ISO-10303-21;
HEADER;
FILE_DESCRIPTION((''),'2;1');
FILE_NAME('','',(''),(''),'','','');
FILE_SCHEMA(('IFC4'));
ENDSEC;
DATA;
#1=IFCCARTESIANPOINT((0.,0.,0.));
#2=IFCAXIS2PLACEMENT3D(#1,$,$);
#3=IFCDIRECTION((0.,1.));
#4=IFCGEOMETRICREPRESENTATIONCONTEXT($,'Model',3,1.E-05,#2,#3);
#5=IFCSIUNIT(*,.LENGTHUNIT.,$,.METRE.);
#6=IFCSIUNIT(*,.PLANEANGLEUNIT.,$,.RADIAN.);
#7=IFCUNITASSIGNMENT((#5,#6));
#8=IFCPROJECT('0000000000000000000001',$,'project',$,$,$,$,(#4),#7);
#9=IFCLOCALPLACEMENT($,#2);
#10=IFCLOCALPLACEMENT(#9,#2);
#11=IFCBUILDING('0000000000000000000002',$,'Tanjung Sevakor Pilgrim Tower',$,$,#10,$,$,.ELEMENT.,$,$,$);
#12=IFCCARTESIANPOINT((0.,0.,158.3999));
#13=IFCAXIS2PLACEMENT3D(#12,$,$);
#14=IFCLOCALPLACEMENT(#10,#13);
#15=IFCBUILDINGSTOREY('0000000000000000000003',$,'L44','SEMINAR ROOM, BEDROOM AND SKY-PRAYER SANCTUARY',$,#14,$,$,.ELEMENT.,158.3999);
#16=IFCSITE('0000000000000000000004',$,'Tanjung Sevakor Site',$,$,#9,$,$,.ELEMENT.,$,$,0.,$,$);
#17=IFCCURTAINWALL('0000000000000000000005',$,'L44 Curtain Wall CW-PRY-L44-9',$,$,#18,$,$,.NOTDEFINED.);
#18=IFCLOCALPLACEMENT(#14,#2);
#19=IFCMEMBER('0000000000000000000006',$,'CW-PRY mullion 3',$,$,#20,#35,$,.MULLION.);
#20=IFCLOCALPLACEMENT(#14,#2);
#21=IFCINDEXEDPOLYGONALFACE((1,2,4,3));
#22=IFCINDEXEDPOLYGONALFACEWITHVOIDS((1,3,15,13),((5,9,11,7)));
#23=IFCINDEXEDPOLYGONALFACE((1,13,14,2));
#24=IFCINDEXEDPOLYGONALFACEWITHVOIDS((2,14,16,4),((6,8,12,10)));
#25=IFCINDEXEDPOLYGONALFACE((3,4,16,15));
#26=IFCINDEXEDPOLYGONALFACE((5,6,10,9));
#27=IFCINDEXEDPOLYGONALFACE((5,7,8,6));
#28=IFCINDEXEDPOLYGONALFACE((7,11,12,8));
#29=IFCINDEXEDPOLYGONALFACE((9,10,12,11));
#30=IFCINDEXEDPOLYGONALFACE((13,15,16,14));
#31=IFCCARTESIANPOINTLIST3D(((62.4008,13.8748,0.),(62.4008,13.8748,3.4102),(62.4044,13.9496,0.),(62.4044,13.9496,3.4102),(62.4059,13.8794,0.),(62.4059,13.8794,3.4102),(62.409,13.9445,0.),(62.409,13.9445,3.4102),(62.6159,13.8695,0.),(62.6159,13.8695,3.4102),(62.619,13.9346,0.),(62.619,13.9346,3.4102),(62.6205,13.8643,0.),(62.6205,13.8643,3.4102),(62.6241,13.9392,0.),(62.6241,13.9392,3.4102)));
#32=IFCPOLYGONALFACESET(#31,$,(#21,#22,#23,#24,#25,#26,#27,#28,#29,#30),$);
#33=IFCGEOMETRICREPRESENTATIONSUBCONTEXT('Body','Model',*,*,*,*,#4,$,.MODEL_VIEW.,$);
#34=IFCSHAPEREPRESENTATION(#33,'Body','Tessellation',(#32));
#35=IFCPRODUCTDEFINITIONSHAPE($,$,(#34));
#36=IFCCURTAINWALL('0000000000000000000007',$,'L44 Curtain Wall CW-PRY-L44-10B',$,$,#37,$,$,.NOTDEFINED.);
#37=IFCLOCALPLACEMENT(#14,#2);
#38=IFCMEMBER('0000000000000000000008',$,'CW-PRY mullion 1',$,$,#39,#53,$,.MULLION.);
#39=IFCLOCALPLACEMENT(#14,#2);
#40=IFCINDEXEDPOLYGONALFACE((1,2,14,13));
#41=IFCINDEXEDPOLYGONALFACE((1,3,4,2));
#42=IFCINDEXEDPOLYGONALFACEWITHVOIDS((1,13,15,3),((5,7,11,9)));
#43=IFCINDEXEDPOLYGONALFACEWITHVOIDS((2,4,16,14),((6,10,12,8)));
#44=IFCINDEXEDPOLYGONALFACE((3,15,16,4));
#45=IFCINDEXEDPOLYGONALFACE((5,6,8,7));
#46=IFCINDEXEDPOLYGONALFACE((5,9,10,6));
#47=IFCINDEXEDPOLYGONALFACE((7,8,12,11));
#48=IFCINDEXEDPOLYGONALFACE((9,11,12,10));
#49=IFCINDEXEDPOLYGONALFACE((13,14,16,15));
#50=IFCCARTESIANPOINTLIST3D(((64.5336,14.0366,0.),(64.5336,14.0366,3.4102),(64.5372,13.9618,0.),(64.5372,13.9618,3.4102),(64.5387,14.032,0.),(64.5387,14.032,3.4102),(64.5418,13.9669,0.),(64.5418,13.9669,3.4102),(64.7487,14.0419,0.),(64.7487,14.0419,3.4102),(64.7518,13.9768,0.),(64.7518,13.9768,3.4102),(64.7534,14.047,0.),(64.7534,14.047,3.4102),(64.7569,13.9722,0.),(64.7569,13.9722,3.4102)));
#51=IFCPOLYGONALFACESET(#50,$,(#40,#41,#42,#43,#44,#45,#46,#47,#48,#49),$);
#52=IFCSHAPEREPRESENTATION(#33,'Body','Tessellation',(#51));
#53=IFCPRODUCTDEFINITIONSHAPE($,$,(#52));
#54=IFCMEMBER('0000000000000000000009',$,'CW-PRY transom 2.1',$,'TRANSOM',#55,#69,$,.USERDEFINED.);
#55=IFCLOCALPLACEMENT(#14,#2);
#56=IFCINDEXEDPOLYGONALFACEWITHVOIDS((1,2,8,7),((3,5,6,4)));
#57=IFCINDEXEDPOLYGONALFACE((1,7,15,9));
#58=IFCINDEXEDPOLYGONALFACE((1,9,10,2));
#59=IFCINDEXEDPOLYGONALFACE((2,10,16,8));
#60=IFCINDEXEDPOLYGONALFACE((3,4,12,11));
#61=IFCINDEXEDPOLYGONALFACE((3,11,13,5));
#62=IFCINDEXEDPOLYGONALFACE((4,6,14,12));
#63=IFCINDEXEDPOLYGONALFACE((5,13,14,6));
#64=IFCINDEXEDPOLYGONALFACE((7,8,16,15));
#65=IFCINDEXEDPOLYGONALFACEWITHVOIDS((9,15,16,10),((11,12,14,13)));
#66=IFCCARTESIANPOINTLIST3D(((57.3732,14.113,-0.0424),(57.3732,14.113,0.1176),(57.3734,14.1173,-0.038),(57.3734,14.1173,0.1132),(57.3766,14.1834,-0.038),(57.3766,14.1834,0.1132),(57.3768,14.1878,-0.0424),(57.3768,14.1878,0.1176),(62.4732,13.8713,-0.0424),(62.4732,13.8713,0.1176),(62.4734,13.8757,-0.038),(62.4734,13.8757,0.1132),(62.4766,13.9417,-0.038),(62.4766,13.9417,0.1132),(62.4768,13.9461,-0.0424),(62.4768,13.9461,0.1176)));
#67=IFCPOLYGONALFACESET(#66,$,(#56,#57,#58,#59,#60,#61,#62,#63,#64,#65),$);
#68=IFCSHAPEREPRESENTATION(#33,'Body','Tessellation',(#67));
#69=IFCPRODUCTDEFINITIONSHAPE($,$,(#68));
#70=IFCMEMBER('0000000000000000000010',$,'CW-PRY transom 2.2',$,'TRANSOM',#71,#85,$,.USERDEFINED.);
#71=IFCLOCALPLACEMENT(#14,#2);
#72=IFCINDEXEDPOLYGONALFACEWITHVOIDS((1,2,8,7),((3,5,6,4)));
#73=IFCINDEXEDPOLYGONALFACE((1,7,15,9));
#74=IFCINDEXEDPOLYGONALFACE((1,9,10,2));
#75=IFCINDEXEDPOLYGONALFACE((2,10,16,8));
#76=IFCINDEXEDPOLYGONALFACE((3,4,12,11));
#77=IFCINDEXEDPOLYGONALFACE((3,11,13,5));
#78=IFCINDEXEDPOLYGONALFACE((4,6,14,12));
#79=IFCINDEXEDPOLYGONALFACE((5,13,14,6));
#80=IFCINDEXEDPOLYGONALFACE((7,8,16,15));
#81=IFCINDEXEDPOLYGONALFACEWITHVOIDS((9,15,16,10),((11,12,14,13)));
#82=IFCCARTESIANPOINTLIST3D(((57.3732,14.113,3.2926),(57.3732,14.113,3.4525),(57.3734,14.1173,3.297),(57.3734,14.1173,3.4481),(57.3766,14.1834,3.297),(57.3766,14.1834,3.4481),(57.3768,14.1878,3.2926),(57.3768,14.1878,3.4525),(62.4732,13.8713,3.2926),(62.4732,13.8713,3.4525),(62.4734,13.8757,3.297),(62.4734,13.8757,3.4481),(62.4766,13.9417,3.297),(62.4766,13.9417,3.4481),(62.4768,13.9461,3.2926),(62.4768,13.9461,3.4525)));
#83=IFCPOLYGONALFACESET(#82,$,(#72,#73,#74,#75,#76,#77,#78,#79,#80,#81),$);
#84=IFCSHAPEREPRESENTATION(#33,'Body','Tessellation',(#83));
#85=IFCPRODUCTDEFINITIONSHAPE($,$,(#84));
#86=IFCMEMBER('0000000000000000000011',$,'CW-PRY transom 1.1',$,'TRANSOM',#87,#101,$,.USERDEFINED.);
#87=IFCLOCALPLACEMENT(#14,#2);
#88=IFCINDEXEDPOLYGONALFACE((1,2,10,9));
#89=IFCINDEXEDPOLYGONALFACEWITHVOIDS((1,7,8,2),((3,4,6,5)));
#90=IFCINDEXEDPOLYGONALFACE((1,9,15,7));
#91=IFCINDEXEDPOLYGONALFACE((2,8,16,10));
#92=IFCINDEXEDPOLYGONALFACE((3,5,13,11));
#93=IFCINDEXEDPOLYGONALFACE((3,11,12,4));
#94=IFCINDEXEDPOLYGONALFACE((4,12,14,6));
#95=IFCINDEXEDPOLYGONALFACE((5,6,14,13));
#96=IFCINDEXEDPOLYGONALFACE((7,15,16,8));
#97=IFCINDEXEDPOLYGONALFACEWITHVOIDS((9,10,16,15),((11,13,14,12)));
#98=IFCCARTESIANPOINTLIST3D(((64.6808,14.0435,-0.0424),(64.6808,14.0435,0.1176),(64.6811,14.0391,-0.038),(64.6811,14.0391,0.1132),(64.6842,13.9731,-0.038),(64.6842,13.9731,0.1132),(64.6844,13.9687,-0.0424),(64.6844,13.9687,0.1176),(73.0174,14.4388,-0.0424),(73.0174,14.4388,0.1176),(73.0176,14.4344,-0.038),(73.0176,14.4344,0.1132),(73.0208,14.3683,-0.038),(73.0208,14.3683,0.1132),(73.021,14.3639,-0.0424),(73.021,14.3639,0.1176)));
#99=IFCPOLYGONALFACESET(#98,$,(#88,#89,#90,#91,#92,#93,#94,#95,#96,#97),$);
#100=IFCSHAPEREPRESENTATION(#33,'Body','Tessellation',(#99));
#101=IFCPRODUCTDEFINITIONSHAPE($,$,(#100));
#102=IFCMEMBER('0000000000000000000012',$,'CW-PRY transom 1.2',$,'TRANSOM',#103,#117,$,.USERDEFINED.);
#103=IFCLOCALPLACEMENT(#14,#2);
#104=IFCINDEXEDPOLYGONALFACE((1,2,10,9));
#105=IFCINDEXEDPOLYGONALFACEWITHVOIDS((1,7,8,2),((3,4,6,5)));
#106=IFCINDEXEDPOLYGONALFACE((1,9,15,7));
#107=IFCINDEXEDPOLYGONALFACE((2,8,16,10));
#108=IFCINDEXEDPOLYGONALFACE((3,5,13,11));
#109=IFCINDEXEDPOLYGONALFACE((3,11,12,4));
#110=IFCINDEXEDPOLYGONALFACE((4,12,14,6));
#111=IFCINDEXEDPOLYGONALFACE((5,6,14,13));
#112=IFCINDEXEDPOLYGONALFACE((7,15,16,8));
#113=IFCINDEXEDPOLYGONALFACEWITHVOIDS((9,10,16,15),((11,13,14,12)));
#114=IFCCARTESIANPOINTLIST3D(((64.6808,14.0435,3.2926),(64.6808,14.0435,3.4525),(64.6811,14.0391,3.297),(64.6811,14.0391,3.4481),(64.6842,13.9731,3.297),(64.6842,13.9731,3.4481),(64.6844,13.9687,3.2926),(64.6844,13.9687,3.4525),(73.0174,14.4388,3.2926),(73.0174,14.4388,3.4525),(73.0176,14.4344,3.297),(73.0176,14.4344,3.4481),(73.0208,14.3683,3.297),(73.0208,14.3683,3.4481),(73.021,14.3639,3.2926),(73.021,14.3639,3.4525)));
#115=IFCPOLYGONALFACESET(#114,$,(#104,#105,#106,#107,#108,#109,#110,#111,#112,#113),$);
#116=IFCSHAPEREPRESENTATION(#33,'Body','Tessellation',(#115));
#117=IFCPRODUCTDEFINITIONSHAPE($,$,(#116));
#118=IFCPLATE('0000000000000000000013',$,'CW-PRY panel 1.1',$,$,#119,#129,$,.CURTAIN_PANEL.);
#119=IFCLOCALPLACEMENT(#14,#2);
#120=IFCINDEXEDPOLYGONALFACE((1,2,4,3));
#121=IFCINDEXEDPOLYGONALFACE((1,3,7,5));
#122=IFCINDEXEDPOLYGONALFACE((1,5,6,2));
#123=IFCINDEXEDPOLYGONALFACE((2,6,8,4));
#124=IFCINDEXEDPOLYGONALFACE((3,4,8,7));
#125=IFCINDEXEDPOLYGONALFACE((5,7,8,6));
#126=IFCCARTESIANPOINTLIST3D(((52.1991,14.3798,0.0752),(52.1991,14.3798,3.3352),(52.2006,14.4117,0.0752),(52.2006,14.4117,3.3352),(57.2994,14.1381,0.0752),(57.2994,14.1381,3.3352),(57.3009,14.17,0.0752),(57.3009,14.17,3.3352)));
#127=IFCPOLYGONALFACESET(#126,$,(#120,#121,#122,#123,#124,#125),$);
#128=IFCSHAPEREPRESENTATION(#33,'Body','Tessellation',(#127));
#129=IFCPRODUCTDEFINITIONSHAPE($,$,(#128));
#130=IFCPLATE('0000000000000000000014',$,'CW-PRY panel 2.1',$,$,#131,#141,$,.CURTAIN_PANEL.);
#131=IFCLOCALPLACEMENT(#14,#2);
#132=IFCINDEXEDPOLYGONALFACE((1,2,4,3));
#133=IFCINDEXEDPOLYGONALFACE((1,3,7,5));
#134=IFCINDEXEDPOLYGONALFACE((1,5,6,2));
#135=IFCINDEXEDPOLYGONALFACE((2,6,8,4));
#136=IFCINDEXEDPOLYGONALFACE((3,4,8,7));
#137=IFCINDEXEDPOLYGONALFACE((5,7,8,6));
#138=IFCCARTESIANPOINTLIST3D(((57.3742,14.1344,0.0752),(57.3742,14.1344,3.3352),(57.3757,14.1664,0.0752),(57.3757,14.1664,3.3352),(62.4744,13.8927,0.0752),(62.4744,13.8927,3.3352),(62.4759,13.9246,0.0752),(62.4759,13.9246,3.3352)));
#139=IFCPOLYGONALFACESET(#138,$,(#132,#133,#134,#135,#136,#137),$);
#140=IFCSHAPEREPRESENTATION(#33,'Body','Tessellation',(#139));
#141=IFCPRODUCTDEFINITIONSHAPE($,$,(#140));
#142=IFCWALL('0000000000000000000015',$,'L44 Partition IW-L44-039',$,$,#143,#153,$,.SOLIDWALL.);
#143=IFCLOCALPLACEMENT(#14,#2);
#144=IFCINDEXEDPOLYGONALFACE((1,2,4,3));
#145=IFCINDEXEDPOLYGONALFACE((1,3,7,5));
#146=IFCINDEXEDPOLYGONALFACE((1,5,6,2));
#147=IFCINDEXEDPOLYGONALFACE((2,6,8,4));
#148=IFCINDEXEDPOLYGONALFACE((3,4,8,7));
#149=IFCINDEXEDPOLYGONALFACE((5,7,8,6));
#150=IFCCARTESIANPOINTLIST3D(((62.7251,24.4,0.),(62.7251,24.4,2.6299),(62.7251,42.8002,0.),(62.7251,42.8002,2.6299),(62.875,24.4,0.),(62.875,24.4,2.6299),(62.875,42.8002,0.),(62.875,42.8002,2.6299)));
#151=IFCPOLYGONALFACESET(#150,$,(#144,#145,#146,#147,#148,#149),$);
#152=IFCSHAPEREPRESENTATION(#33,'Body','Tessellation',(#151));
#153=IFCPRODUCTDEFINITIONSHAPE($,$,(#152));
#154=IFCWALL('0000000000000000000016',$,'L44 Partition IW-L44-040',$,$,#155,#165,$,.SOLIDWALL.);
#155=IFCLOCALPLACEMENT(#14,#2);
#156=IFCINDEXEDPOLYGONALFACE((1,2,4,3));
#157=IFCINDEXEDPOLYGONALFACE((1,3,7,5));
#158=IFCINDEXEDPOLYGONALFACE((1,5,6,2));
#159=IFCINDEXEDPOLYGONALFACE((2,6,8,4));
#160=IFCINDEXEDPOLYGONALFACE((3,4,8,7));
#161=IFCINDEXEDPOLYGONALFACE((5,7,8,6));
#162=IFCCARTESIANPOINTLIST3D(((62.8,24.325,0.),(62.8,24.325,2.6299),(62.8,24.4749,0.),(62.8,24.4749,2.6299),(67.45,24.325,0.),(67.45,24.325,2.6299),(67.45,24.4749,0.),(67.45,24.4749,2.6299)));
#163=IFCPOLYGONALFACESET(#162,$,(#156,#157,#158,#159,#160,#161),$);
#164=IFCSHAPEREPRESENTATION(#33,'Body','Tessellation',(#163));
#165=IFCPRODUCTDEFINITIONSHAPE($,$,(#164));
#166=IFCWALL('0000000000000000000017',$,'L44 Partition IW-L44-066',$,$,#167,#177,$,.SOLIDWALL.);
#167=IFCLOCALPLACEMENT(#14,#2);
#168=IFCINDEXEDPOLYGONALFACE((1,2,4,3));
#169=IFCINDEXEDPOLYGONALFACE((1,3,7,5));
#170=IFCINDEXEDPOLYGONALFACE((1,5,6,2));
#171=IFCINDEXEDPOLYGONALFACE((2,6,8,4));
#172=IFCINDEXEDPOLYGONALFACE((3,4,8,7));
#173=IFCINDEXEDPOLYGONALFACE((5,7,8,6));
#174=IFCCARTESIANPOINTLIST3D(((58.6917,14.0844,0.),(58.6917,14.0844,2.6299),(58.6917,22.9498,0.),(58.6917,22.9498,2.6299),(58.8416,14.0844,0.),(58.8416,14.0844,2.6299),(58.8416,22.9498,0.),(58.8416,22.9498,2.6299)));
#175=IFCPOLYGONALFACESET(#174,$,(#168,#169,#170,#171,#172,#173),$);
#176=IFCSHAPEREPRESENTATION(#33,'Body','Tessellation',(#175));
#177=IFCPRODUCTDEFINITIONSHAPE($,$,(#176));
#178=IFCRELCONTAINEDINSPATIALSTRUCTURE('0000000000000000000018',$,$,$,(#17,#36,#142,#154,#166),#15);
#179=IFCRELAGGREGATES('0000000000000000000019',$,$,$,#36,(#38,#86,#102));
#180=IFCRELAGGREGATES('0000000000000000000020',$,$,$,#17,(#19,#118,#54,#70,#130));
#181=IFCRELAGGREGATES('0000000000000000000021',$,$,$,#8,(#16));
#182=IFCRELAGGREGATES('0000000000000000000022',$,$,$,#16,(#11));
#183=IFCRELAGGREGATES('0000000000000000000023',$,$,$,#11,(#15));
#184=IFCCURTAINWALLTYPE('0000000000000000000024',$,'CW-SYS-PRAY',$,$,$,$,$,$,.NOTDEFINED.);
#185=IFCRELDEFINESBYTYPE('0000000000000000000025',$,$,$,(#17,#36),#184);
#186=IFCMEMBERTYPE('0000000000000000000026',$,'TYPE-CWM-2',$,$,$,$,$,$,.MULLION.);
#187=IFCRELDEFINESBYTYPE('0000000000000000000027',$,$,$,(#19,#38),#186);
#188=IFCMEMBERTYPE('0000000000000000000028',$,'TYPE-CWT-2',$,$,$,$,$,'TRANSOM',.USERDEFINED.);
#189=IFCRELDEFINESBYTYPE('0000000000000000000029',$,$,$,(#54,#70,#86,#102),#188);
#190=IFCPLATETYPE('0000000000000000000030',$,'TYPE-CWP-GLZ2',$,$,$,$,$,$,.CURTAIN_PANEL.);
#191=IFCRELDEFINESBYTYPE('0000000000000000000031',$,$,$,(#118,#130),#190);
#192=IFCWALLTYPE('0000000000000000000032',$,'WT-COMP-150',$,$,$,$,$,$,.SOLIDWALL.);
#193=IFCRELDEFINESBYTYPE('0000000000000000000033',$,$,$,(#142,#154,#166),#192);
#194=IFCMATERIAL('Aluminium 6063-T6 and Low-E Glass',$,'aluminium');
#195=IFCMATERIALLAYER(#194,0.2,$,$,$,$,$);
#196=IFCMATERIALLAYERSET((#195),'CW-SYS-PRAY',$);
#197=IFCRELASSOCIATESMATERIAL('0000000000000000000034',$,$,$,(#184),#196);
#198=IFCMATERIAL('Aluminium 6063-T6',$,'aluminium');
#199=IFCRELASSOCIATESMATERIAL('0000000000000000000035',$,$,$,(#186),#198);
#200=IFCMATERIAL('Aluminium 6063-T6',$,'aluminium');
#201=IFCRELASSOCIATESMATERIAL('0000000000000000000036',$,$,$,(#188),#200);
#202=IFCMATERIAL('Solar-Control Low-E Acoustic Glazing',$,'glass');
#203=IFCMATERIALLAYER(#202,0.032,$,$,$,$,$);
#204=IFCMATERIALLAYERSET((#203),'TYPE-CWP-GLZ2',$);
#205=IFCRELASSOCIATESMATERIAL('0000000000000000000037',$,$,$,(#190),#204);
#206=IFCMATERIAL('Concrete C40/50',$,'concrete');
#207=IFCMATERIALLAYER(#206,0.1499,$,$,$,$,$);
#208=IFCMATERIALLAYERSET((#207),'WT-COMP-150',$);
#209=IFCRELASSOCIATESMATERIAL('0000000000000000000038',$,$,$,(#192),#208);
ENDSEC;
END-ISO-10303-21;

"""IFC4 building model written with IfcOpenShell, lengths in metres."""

from ifc_helpers import new_model, si_unit, direction, frame, frame_2d, origin, origin_2d, place, context, subcontext, project, spatial, rectangle, hollow_rectangle, extrude, material, layer, layer_set, material_profile, profile_set, type_object, element, aggregate, save


model = new_model("IFC4")

# Units and contexts
model_context = context("Model", 3, precision=1e-05, world=origin(), true_north=direction((0.0, 1.0)))
body_context = subcontext(model_context, "Body", "Model", "MODEL_VIEW")
ifc_project = project(units=[si_unit("LENGTHUNIT", "METRE"), si_unit("PLANEANGLEUNIT", "RADIAN")], contexts=[model_context])

# Site, building, storey
site_placement = place(None, origin())
site = spatial("IfcSite", under=ifc_project, at=site_placement, Name="Tanjung Sevakor Site", CompositionType="ELEMENT", RefElevation=0.0)
building_placement = place(site_placement, origin())
building = spatial("IfcBuilding", under=site, at=building_placement, Name="Tanjung Sevakor Pilgrim Tower", CompositionType="ELEMENT")
storey_placement = place(building_placement, frame((0.0, 0.0, 158.3999)))
storey = spatial("IfcBuildingStorey", under=building, at=storey_placement, Name="L44", Description="SEMINAR ROOM, BEDROOM AND SKY-PRAYER SANCTUARY", CompositionType="ELEMENT", Elevation=158.3999)

# Curtain wall, member
ifc_material_1 = material(Name="Aluminium 6063-T6 and Low-E Glass", Category="aluminium")
ifc_layer_1 = layer(ifc_material_1, 0.2)
ifc_layer_set_1 = layer_set([ifc_layer_1], Name="CW-SYS-PRAY")
curtain_wall_type = type_object("IfcCurtainWallType", Name="CW-SYS-PRAY", PredefinedType="NOTDEFINED", material=ifc_layer_set_1)
curtain_wall_1_placement = place(storey_placement, origin())
curtain_wall_1 = element("IfcCurtainWall", 1, at=curtain_wall_1_placement, inside=storey, type_object=curtain_wall_type, Name="L44 Curtain Wall CW-PRY-L44-9", PredefinedType="NOTDEFINED")
ifc_material_2 = material(Name="Aluminium 6063-T6", Category="aluminium")
ifc_material_profile_1 = material_profile(ifc_material_2, hollow_rectangle(XDim=0.075, YDim=0.22, WallThickness=0.0049, at=origin_2d()))
ifc_profile_set_1 = profile_set([ifc_material_profile_1], Name="Aluminium 6063-T6")
member_type_1 = type_object("IfcMemberType", Name="TYPE-CWM-2", PredefinedType="MULLION", material=ifc_profile_set_1)
member_1_placement = place(storey_placement, frame((62.5125, 13.907, 0.0), z_axis=(0.0, 0.0, 1.0), x_axis=(0.047343, 0.998879, 0.0)))
member_1 = element("IfcMember", 2, at=member_1_placement, type_object=member_type_1, Name="CW-PRY mullion 3", PredefinedType="MULLION", context=body_context, shape_type="SweptSolid", body=[
    extrude(hollow_rectangle(XDim=0.075, YDim=0.22, WallThickness=0.0049, at=origin_2d()), origin(), (0.0, 0.0, 1.0), 3.4102),
])

# Curtain wall, member
curtain_wall_2_placement = place(storey_placement, origin())
curtain_wall_2 = element("IfcCurtainWall", 3, at=curtain_wall_2_placement, inside=storey, type_object=curtain_wall_type, Name="L44 Curtain Wall CW-PRY-L44-10B", PredefinedType="NOTDEFINED")
member_2_placement = place(storey_placement, frame((64.6453, 14.0044, 0.0), z_axis=(0.0, 0.0, 1.0), x_axis=(-0.047352, 0.998878, 0.0)))
member_2 = element("IfcMember", 4, at=member_2_placement, type_object=member_type_1, Name="CW-PRY mullion 1", PredefinedType="MULLION", context=body_context, shape_type="SweptSolid", body=[
    extrude(hollow_rectangle(XDim=0.075, YDim=0.22, WallThickness=0.0049, at=origin_2d()), origin(), (0.0, 0.0, 1.0), 3.4102),
])

# Members
ifc_material_3 = material(Name="Aluminium 6063-T6", Category="aluminium")
ifc_material_profile_2 = material_profile(ifc_material_3, hollow_rectangle(XDim=0.075, YDim=0.1599, WallThickness=0.0044, at=origin_2d()))
ifc_profile_set_2 = profile_set([ifc_material_profile_2], Name="Aluminium 6063-T6")
member_type_2 = type_object("IfcMemberType", Name="TYPE-CWT-2", ElementType="TRANSOM", PredefinedType="USERDEFINED", material=ifc_profile_set_2)
member_3_placement = place(storey_placement, frame((57.375, 14.1504, 0.0376), z_axis=(0.998879, -0.047338, 0.0), x_axis=(0.047338, 0.998879, 0.0)))
member_3 = element("IfcMember", 5, at=member_3_placement, type_object=member_type_2, Name="CW-PRY transom 2.1", ObjectType="TRANSOM", PredefinedType="USERDEFINED", context=body_context, shape_type="SweptSolid", body=[
    extrude(hollow_rectangle(XDim=0.075, YDim=0.1599, WallThickness=0.0044, at=origin_2d()), origin(), (0.0, 0.0, 1.0), 5.1057),
])
member_4_placement = place(storey_placement, frame((57.375, 14.1504, 3.3726), z_axis=(0.998879, -0.047338, 0.0), x_axis=(0.047338, 0.998879, 0.0)))
member_4 = element("IfcMember", 6, at=member_4_placement, type_object=member_type_2, Name="CW-PRY transom 2.2", ObjectType="TRANSOM", PredefinedType="USERDEFINED", context=body_context, shape_type="SweptSolid", body=[
    extrude(hollow_rectangle(XDim=0.075, YDim=0.1599, WallThickness=0.0044, at=origin_2d()), origin(), (0.0, 0.0, 1.0), 5.1057),
])
member_5_placement = place(storey_placement, frame((64.6826, 14.0061, 0.0376), z_axis=(0.998878, 0.047359, 0.0), x_axis=(-0.047359, 0.998878, 0.0)))
member_5 = element("IfcMember", 7, at=member_5_placement, type_object=member_type_2, Name="CW-PRY transom 1.1", ObjectType="TRANSOM", PredefinedType="USERDEFINED", context=body_context, shape_type="SweptSolid", body=[
    extrude(hollow_rectangle(XDim=0.075, YDim=0.1599, WallThickness=0.0044, at=origin_2d()), origin(), (0.0, 0.0, 1.0), 8.3459),
])
member_6_placement = place(storey_placement, frame((64.6826, 14.0061, 3.3726), z_axis=(0.998878, 0.047359, 0.0), x_axis=(-0.047359, 0.998878, 0.0)))
member_6 = element("IfcMember", 8, at=member_6_placement, type_object=member_type_2, Name="CW-PRY transom 1.2", ObjectType="TRANSOM", PredefinedType="USERDEFINED", context=body_context, shape_type="SweptSolid", body=[
    extrude(hollow_rectangle(XDim=0.075, YDim=0.1599, WallThickness=0.0044, at=origin_2d()), origin(), (0.0, 0.0, 1.0), 8.3459),
])
aggregate(curtain_wall_2, [member_2, member_5, member_6])

# Plates
ifc_material_4 = material(Name="Solar-Control Low-E Acoustic Glazing", Category="glass")
ifc_layer_2 = layer(ifc_material_4, 0.032)
ifc_layer_set_2 = layer_set([ifc_layer_2], Name="TYPE-CWP-GLZ2")
plate_type = type_object("IfcPlateType", Name="TYPE-CWP-GLZ2", PredefinedType="CURTAIN_PANEL", material=ifc_layer_set_2)
plate_1_placement = place(storey_placement, frame((54.75, 14.2749, 0.0752), z_axis=(0.0, 0.0, 1.0), x_axis=(0.998879, -0.047343, 0.0)))
plate_1 = element("IfcPlate", 9, at=plate_1_placement, type_object=plate_type, Name="CW-PRY panel 1.1", PredefinedType="CURTAIN_PANEL", context=body_context, shape_type="SweptSolid", body=[
    extrude(rectangle(XDim=5.106, YDim=0.032, at=origin_2d()), origin(), (0.0, 0.0, 1.0), 3.26),
])
plate_2_placement = place(storey_placement, frame((59.925, 14.0295, 0.0752), z_axis=(0.0, 0.0, 1.0), x_axis=(0.998879, -0.047343, 0.0)))
plate_2 = element("IfcPlate", 10, at=plate_2_placement, type_object=plate_type, Name="CW-PRY panel 2.1", PredefinedType="CURTAIN_PANEL", context=body_context, shape_type="SweptSolid", body=[
    extrude(rectangle(XDim=5.106, YDim=0.032, at=origin_2d()), origin(), (0.0, 0.0, 1.0), 3.26),
])
aggregate(curtain_wall_1, [member_1, plate_1, member_3, member_4, plate_2])

# Walls
ifc_material_5 = material(Name="Concrete C40/50", Category="concrete")
ifc_layer_3 = layer(ifc_material_5, 0.1499)
ifc_layer_set_3 = layer_set([ifc_layer_3], Name="WT-COMP-150")
wall_type_1 = type_object("IfcWallType", Name="WT-COMP-150", PredefinedType="SOLIDWALL", material=ifc_layer_set_3)
wall_1_placement = place(storey_placement, frame((62.8, 24.3999, 0.0), z_axis=(0.0, 0.0, 1.0), x_axis=(0.0, 1.0, 0.0)))
element("IfcWall", 11, at=wall_1_placement, inside=storey, type_object=wall_type_1, Name="L44 Partition IW-L44-039", PredefinedType="SOLIDWALL", context=body_context, shape_type="SweptSolid", body=[
    extrude(rectangle(XDim=18.4001, YDim=0.1499, at=frame_2d((9.2002, 0.0))), origin(), (0.0, 0.0, 1.0), 2.6299),
])
wall_2_placement = place(storey_placement, frame((62.8, 24.3999, 0.0), z_axis=(0.0, 0.0, 1.0), x_axis=(1.0, 0.0, 0.0)))
element("IfcWall", 12, at=wall_2_placement, inside=storey, type_object=wall_type_1, Name="L44 Partition IW-L44-040", PredefinedType="SOLIDWALL", context=body_context, shape_type="SweptSolid", body=[
    extrude(rectangle(XDim=4.6499, YDim=0.1499, at=frame_2d((2.325, 0.0))), origin(), (0.0, 0.0, 1.0), 2.6299),
])
wall_3_placement = place(storey_placement, frame((58.7666, 14.0845, 0.0), z_axis=(0.0, 0.0, 1.0), x_axis=(0.0, 1.0, 0.0)))
element("IfcWall", 13, at=wall_3_placement, inside=storey, type_object=wall_type_1, Name="L44 Partition IW-L44-066", PredefinedType="SOLIDWALL", context=body_context, shape_type="SweptSolid", body=[
    extrude(rectangle(XDim=8.8655, YDim=0.1499, at=frame_2d((4.4326, 0.0))), origin(), (0.0, 0.0, 1.0), 2.6299),
])

save(model, "model.ifc")
